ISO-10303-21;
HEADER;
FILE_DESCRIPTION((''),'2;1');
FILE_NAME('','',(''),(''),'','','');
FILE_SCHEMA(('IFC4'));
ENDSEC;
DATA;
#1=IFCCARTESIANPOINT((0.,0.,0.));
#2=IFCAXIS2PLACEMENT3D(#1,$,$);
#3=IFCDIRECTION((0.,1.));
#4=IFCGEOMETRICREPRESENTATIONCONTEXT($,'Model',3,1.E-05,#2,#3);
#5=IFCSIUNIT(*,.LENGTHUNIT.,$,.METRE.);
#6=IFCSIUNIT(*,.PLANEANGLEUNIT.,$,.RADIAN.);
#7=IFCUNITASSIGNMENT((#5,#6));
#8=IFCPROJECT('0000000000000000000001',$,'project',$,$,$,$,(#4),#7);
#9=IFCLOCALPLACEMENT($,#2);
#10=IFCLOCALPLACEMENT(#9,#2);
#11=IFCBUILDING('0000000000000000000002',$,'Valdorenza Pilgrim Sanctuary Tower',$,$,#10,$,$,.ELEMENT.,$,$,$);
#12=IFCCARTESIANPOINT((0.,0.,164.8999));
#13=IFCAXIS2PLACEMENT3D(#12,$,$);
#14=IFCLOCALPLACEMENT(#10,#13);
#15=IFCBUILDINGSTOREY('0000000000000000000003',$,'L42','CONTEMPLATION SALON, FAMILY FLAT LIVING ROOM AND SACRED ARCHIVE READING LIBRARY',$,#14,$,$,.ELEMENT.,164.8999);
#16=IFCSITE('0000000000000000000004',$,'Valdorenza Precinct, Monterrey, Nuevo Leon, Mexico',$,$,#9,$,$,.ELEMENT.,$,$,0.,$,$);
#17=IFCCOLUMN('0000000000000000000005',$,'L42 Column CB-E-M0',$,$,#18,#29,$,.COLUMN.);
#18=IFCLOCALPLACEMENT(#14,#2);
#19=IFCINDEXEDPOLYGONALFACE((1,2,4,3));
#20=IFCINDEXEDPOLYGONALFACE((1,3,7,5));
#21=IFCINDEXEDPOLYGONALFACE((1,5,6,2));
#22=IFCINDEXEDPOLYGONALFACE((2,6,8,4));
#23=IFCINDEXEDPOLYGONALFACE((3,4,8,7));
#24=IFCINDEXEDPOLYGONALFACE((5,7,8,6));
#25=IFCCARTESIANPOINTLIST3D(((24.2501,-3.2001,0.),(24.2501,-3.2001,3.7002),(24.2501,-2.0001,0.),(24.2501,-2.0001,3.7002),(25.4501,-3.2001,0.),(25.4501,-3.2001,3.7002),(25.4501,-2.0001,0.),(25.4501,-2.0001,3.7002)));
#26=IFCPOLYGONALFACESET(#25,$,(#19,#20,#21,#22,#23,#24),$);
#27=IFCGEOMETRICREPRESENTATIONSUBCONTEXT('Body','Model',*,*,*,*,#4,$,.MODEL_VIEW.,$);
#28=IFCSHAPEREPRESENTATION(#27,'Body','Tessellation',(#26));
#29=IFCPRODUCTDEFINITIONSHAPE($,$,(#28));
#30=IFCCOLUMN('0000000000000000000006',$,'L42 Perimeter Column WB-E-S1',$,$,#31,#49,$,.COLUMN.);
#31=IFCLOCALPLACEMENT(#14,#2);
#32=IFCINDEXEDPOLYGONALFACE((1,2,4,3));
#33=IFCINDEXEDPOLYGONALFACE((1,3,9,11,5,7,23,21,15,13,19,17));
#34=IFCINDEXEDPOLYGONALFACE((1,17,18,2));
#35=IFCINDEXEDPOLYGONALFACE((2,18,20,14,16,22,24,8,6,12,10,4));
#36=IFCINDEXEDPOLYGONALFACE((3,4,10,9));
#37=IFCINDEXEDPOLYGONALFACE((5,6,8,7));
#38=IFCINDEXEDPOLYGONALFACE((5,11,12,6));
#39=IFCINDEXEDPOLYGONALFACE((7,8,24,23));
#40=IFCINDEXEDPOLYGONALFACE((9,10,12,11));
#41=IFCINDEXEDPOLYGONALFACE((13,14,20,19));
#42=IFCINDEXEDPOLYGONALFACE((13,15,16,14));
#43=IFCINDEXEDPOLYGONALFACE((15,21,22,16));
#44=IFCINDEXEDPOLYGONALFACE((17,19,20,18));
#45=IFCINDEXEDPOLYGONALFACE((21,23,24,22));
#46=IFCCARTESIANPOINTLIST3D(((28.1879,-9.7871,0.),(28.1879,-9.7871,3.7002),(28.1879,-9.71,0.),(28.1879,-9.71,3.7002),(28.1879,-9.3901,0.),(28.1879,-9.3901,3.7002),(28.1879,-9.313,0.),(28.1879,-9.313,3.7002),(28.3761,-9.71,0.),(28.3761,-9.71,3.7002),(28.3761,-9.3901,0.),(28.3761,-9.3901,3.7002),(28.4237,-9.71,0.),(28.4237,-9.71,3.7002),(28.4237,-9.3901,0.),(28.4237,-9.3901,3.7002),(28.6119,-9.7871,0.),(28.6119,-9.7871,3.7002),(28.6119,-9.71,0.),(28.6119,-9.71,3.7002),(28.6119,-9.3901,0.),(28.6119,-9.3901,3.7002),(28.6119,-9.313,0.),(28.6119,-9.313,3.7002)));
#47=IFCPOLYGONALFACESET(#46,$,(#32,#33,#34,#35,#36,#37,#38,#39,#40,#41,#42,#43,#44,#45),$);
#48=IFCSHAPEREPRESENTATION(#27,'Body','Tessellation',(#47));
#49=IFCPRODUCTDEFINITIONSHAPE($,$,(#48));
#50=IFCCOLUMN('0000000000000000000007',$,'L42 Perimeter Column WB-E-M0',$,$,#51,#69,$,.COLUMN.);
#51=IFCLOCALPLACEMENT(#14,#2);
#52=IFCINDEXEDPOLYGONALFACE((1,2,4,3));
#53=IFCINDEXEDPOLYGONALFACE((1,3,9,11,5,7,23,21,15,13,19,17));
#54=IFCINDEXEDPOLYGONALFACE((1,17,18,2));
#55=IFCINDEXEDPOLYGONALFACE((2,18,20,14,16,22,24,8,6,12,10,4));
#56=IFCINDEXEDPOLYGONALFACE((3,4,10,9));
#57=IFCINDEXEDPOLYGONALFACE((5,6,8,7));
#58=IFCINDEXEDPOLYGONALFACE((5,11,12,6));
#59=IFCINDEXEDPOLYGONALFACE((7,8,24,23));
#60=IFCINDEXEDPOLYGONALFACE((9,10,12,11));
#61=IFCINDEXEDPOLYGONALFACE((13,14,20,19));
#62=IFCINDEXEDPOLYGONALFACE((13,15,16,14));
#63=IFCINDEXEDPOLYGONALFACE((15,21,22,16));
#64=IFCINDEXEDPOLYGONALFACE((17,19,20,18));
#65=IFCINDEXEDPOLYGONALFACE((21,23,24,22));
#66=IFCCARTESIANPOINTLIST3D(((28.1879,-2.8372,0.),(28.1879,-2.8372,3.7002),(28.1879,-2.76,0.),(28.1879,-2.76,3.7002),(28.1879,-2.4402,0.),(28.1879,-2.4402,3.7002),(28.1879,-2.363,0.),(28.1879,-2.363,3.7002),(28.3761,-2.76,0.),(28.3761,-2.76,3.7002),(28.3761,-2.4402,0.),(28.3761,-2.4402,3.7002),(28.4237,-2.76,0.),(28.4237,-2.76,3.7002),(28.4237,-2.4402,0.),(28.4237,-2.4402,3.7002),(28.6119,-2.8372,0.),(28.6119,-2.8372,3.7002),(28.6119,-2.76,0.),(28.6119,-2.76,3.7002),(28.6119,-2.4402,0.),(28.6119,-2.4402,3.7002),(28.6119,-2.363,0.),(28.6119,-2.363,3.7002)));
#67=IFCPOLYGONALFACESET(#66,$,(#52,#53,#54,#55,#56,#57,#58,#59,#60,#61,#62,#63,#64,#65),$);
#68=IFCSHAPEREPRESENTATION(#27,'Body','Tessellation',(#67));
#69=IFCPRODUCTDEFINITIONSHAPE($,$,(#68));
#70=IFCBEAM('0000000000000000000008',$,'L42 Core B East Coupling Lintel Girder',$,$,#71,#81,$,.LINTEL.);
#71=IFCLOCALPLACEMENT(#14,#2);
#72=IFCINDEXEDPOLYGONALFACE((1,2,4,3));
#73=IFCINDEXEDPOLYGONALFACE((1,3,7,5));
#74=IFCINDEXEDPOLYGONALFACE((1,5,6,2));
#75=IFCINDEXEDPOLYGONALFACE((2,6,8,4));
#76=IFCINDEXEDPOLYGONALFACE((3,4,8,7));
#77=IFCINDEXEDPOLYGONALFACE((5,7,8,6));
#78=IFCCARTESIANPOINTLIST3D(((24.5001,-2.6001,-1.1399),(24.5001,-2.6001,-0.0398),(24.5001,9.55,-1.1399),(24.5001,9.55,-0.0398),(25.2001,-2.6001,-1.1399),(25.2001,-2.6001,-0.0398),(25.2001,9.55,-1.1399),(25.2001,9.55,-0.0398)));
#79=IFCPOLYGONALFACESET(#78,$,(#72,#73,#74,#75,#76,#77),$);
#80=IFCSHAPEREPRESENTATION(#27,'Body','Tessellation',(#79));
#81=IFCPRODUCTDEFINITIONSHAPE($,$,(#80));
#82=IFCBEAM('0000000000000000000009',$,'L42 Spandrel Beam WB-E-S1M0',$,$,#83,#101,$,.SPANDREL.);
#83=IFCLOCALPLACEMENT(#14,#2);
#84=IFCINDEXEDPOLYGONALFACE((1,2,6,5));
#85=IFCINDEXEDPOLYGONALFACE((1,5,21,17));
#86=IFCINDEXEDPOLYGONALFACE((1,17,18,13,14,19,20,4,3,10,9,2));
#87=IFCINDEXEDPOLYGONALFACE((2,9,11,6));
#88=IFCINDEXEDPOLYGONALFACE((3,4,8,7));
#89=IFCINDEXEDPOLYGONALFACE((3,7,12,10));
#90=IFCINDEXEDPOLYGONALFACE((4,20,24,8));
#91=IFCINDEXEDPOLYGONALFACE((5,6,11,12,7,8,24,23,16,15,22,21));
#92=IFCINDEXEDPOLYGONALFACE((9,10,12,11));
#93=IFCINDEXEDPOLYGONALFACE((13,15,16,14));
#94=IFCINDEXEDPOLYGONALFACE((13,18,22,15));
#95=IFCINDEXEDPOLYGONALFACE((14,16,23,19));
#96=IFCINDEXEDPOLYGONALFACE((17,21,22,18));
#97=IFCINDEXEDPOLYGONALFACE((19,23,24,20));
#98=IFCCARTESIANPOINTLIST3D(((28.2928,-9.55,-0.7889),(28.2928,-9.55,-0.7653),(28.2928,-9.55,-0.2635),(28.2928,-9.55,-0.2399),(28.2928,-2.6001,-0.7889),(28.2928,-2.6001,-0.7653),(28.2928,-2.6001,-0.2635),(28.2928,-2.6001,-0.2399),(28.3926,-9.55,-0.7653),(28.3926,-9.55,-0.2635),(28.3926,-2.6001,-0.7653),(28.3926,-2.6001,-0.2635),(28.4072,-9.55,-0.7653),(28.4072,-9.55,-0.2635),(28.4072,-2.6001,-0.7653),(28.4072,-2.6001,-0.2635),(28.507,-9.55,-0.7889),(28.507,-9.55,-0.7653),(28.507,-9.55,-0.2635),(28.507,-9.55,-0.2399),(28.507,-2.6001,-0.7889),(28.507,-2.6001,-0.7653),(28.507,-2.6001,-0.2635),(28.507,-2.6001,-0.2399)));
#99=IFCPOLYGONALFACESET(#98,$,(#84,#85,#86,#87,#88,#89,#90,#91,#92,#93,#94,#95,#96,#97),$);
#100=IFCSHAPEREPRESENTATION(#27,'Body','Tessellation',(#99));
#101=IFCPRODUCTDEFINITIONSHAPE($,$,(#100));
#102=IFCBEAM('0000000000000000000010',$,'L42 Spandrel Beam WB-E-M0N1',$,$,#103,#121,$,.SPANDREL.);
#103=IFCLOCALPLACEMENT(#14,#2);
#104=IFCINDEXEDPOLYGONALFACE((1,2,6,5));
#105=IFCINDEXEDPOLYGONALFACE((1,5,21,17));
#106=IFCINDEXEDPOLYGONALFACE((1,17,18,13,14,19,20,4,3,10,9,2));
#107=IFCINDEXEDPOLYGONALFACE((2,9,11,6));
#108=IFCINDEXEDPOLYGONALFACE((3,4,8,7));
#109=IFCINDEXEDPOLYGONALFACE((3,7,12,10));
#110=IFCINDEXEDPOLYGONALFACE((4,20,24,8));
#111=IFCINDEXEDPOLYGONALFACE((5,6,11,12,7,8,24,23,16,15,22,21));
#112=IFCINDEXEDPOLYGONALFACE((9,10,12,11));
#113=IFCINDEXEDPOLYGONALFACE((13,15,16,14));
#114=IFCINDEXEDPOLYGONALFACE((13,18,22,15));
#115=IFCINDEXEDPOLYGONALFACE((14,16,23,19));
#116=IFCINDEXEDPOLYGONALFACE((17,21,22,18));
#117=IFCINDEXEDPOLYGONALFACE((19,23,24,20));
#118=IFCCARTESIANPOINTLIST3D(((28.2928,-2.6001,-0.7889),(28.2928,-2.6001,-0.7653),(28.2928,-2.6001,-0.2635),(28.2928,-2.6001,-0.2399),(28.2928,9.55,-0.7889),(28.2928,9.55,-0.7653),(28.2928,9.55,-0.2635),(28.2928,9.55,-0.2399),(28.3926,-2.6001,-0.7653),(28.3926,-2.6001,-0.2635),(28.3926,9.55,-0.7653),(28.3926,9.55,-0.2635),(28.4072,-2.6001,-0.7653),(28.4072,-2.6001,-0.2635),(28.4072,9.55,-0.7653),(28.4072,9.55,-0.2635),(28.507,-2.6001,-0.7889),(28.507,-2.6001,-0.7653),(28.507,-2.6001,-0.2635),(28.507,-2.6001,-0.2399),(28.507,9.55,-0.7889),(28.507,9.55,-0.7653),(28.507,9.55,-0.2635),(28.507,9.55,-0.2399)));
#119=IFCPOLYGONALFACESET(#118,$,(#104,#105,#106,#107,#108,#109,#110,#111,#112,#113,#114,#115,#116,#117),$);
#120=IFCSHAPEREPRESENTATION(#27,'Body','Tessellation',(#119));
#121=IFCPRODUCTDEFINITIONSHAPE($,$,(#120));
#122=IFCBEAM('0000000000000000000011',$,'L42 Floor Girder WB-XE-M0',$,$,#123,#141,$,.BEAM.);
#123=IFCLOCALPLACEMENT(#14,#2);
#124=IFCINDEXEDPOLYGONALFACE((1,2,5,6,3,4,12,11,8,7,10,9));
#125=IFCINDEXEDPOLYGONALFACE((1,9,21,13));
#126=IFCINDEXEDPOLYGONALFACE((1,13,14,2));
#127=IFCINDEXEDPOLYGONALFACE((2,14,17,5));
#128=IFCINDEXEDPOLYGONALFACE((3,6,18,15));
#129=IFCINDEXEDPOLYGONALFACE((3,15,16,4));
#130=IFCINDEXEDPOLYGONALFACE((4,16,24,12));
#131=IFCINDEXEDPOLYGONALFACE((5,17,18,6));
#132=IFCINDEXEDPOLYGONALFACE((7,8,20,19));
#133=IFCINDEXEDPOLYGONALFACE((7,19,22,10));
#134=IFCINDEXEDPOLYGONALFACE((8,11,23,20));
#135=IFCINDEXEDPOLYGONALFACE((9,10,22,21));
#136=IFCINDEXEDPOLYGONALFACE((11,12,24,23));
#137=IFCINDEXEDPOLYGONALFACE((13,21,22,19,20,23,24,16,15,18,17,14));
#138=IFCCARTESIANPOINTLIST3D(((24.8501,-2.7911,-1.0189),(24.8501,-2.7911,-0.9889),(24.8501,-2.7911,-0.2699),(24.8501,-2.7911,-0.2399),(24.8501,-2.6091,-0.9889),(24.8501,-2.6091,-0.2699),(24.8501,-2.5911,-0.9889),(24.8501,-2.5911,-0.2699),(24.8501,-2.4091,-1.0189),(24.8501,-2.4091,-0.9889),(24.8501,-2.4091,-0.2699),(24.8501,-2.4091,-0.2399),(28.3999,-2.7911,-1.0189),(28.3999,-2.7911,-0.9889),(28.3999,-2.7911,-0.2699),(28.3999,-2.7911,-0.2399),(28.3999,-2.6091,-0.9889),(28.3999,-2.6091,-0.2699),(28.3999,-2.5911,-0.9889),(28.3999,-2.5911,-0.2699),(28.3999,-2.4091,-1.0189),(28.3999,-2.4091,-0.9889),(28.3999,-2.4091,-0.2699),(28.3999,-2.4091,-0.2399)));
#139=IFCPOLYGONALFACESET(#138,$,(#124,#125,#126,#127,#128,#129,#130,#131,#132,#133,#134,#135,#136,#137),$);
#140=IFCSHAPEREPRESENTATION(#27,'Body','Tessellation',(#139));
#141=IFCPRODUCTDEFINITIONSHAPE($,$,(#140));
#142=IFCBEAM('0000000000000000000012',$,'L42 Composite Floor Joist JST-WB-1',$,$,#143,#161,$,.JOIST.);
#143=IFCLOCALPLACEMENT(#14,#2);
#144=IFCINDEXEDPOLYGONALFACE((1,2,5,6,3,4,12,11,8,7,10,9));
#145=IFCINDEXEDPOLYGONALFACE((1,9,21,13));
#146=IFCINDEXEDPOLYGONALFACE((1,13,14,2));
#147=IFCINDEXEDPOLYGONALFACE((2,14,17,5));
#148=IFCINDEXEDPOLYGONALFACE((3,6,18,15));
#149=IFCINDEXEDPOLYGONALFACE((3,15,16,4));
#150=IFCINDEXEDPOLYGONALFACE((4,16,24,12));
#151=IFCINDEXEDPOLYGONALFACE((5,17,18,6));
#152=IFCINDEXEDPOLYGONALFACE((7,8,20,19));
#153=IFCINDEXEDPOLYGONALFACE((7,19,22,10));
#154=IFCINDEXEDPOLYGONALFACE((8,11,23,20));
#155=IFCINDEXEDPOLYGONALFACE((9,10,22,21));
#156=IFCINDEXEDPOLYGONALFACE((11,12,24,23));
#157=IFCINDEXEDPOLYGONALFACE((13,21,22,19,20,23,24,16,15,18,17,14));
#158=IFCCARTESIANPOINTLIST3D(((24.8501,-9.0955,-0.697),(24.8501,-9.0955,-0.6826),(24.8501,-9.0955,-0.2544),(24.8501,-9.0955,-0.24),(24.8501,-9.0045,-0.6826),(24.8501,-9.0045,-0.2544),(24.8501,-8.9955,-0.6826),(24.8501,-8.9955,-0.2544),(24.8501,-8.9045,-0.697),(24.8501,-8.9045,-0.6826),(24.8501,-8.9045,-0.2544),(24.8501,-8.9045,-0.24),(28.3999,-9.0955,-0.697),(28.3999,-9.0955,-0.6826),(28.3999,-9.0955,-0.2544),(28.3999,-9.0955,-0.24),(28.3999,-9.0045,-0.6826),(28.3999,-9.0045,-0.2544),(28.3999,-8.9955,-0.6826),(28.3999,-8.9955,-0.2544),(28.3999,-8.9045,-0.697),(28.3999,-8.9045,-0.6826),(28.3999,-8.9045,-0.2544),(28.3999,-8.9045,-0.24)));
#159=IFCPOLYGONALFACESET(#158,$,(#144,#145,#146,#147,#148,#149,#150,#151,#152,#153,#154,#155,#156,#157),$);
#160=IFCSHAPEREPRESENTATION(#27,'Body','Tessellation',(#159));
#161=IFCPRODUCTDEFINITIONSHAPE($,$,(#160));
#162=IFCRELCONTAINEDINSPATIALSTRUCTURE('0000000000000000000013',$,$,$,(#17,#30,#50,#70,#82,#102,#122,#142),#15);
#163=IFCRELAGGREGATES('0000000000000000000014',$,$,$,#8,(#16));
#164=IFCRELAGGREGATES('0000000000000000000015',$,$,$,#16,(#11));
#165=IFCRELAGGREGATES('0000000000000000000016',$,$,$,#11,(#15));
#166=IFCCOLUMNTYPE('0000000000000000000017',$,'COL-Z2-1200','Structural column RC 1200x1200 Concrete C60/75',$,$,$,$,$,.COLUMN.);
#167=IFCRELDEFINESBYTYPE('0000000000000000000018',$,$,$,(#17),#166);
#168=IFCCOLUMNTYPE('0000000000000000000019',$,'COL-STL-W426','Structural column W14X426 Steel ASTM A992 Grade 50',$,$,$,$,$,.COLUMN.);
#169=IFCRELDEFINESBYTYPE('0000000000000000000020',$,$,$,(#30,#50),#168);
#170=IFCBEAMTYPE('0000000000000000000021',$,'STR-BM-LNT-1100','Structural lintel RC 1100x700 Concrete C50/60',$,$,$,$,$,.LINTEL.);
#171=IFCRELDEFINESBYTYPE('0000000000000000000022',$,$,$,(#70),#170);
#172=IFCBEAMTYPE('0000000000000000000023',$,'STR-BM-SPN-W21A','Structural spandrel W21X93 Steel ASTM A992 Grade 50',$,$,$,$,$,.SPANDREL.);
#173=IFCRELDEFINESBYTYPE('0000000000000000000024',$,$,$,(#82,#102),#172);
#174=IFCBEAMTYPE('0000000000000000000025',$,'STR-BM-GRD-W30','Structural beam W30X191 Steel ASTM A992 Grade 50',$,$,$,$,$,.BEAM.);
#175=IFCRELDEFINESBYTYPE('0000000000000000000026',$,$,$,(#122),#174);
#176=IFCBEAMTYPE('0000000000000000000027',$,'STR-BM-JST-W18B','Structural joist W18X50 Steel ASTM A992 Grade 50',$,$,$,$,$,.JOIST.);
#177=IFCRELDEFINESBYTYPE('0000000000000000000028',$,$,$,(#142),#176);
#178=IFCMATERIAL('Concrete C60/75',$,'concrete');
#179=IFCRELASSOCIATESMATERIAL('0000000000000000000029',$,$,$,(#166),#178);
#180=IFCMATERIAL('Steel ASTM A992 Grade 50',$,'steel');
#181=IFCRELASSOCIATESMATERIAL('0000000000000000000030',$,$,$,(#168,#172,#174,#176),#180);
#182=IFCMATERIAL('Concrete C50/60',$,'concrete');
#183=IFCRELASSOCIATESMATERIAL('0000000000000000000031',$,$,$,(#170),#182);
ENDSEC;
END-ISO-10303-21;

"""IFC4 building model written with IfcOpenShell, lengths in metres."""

from ifc_helpers import new_model, si_unit, direction, frame, origin, origin_2d, place, context, subcontext, project, spatial, rectangle, i_section, extrude, source, transform, mapped, material, material_profile, profile_set, type_object, element, save


model = new_model("IFC4")

# Units and contexts
model_context = context("Model", 3, precision=1e-05, world=origin(), true_north=direction((0.0, 1.0)))
body_context = subcontext(model_context, "Body", "Model", "MODEL_VIEW")
ifc_project = project(units=[si_unit("LENGTHUNIT", "METRE"), si_unit("PLANEANGLEUNIT", "RADIAN")], contexts=[model_context])

# Site, building, storey
site_placement = place(None, origin())
site = spatial("IfcSite", under=ifc_project, at=site_placement, Name="Valdorenza Precinct, Monterrey, Nuevo Leon, Mexico", CompositionType="ELEMENT", RefElevation=0.0)
building_placement = place(site_placement, origin())
building = spatial("IfcBuilding", under=site, at=building_placement, Name="Valdorenza Pilgrim Sanctuary Tower", CompositionType="ELEMENT")
storey_placement = place(building_placement, frame((0.0, 0.0, 164.8999)))
storey = spatial("IfcBuildingStorey", under=building, at=storey_placement, Name="L42", Description="CONTEMPLATION SALON, FAMILY FLAT LIVING ROOM AND SACRED ARCHIVE READING LIBRARY", CompositionType="ELEMENT", Elevation=164.8999)

# Columns
ifc_material_1 = material(Name="Concrete C60/75", Category="concrete")
ifc_material_profile_1 = material_profile(ifc_material_1, rectangle(XDim=1.2, YDim=1.2, at=origin_2d()), Name="RC 1200x1200")
ifc_profile_set_1 = profile_set([ifc_material_profile_1], Name="Concrete C60/75")
column_type_1 = type_object("IfcColumnType", Name="COL-Z2-1200", Description="Structural column RC 1200x1200 Concrete C60/75", PredefinedType="COLUMN", material=ifc_profile_set_1)
shared_shape_1 = source(origin(), body_context, "Body", "SweptSolid", [
    extrude(rectangle(XDim=1.2, YDim=1.2, at=origin_2d()), origin(), (0.0, 0.0, 1.0), 3.7002),
])
column_placement = place(storey_placement, frame((24.8501, -2.6001, 0.0), z_axis=(0.0, 0.0, 1.0), x_axis=(1.0, 0.0, 0.0)))
element("IfcColumn", 1, at=column_placement, inside=storey, type_object=column_type_1, Name="L42 Column CB-E-M0", PredefinedType="COLUMN", context=body_context, shape_type="MappedRepresentation", body=[
    mapped(shared_shape_1, transform((0.0, 0.0, 0.0), x_axis=(1.0, 0.0, 0.0), y_axis=(0.0, 1.0, 0.0), z_axis=(0.0, 0.0, 1.0), scale=1.0)),
])
ifc_material_2 = material(Name="Steel ASTM A992 Grade 50", Category="steel")
ifc_material_profile_2 = material_profile(ifc_material_2, i_section(OverallWidth=0.4241, OverallDepth=0.4741, WebThickness=0.0476, FlangeThickness=0.0771, at=origin_2d()), Name="W14X426")
ifc_profile_set_2 = profile_set([ifc_material_profile_2], Name="Steel ASTM A992 Grade 50")
column_type_2 = type_object("IfcColumnType", Name="COL-STL-W426", Description="Structural column W14X426 Steel ASTM A992 Grade 50", PredefinedType="COLUMN", material=ifc_profile_set_2)
shared_shape_2 = source(origin(), body_context, "Body", "SweptSolid", [
    extrude(i_section(OverallWidth=0.4241, OverallDepth=0.4741, WebThickness=0.0476, FlangeThickness=0.0771, at=origin_2d()), origin(), (0.0, 0.0, 1.0), 3.7002),
])
for number, where, z_axis, x_axis, name in (
    (2, (28.3999, -9.55, 0.0), (0.0, 0.0, 1.0), (1.0, 0.0, 0.0), "L42 Perimeter Column WB-E-S1"),
    (3, (28.3999, -2.6001, 0.0), (0.0, 0.0, 1.0), (1.0, 0.0, 0.0), "L42 Perimeter Column WB-E-M0"),
):
    element("IfcColumn", number, at=place(storey_placement, frame(where, z_axis=z_axis, x_axis=x_axis)), inside=storey, type_object=column_type_2, Name=name, PredefinedType="COLUMN", context=body_context, shape_type="MappedRepresentation", body=[
        mapped(shared_shape_2, transform((0.0, 0.0, 0.0), x_axis=(1.0, 0.0, 0.0), y_axis=(0.0, 1.0, 0.0), z_axis=(0.0, 0.0, 1.0), scale=1.0)),
    ])

# Beams
ifc_material_3 = material(Name="Concrete C50/60", Category="concrete")
ifc_material_profile_3 = material_profile(ifc_material_3, rectangle(XDim=0.7, YDim=1.1001, at=origin_2d()), Name="RC 1100x700")
ifc_profile_set_3 = profile_set([ifc_material_profile_3], Name="Concrete C50/60")
beam_type_1 = type_object("IfcBeamType", Name="STR-BM-LNT-1100", Description="Structural lintel RC 1100x700 Concrete C50/60", PredefinedType="LINTEL", material=ifc_profile_set_3)
shared_shape_3 = source(origin(), body_context, "Body", "SweptSolid", [
    extrude(rectangle(XDim=0.7, YDim=1.1001, at=origin_2d()), origin(), (0.0, 0.0, 1.0), 12.1501),
])
beam_1_placement = place(storey_placement, frame((24.8501, -2.6001, -0.5898), z_axis=(0.0, 1.0, 0.0), x_axis=(-1.0, 0.0, 0.0)))
element("IfcBeam", 4, at=beam_1_placement, inside=storey, type_object=beam_type_1, Name="L42 Core B East Coupling Lintel Girder", PredefinedType="LINTEL", context=body_context, shape_type="MappedRepresentation", body=[
    mapped(shared_shape_3, transform((0.0, 0.0, 0.0), x_axis=(1.0, 0.0, 0.0), y_axis=(0.0, 1.0, 0.0), z_axis=(0.0, 0.0, 1.0), scale=1.0)),
])
ifc_material_profile_4 = material_profile(ifc_material_2, i_section(OverallWidth=0.2141, OverallDepth=0.5491, WebThickness=0.0146, FlangeThickness=0.0237, at=origin_2d()), Name="W21X93")
ifc_profile_set_4 = profile_set([ifc_material_profile_4], Name="Steel ASTM A992 Grade 50")
beam_type_2 = type_object("IfcBeamType", Name="STR-BM-SPN-W21A", Description="Structural spandrel W21X93 Steel ASTM A992 Grade 50", PredefinedType="SPANDREL", material=ifc_profile_set_4)
shared_shape_4 = source(origin(), body_context, "Body", "SweptSolid", [
    extrude(i_section(OverallWidth=0.2141, OverallDepth=0.5491, WebThickness=0.0146, FlangeThickness=0.0237, at=origin_2d()), origin(), (0.0, 0.0, 1.0), 6.95),
])
beam_2_placement = place(storey_placement, frame((28.3999, -9.55, -0.5144), z_axis=(0.0, 1.0, 0.0), x_axis=(-1.0, 0.0, 0.0)))
element("IfcBeam", 5, at=beam_2_placement, inside=storey, type_object=beam_type_2, Name="L42 Spandrel Beam WB-E-S1M0", PredefinedType="SPANDREL", context=body_context, shape_type="MappedRepresentation", body=[
    mapped(shared_shape_4, transform((0.0, 0.0, 0.0), x_axis=(1.0, 0.0, 0.0), y_axis=(0.0, 1.0, 0.0), z_axis=(0.0, 0.0, 1.0), scale=1.0)),
])
shared_shape_5 = source(origin(), body_context, "Body", "SweptSolid", [
    extrude(i_section(OverallWidth=0.2141, OverallDepth=0.5491, WebThickness=0.0146, FlangeThickness=0.0237, at=origin_2d()), origin(), (0.0, 0.0, 1.0), 12.1501),
])
beam_3_placement = place(storey_placement, frame((28.3999, -2.6001, -0.5144), z_axis=(0.0, 1.0, 0.0), x_axis=(-1.0, 0.0, 0.0)))
element("IfcBeam", 6, at=beam_3_placement, inside=storey, type_object=beam_type_2, Name="L42 Spandrel Beam WB-E-M0N1", PredefinedType="SPANDREL", context=body_context, shape_type="MappedRepresentation", body=[
    mapped(shared_shape_5, transform((0.0, 0.0, 0.0), x_axis=(1.0, 0.0, 0.0), y_axis=(0.0, 1.0, 0.0), z_axis=(0.0, 0.0, 1.0), scale=1.0)),
])
ifc_material_profile_5 = material_profile(ifc_material_2, i_section(OverallWidth=0.3821, OverallDepth=0.7791, WebThickness=0.0181, FlangeThickness=0.03, at=origin_2d()), Name="W30X191")
ifc_profile_set_5 = profile_set([ifc_material_profile_5], Name="Steel ASTM A992 Grade 50")
beam_type_3 = type_object("IfcBeamType", Name="STR-BM-GRD-W30", Description="Structural beam W30X191 Steel ASTM A992 Grade 50", PredefinedType="BEAM", material=ifc_profile_set_5)
shared_shape_6 = source(origin(), body_context, "Body", "SweptSolid", [
    extrude(i_section(OverallWidth=0.3821, OverallDepth=0.7791, WebThickness=0.0181, FlangeThickness=0.03, at=origin_2d()), origin(), (0.0, 0.0, 1.0), 3.5498),
])
beam_4_placement = place(storey_placement, frame((24.8501, -2.6001, -0.6294), z_axis=(1.0, 0.0, 0.0), x_axis=(0.0, 1.0, 0.0)))
element("IfcBeam", 7, at=beam_4_placement, inside=storey, type_object=beam_type_3, Name="L42 Floor Girder WB-XE-M0", PredefinedType="BEAM", context=body_context, shape_type="MappedRepresentation", body=[
    mapped(shared_shape_6, transform((0.0, 0.0, 0.0), x_axis=(1.0, 0.0, 0.0), y_axis=(0.0, 1.0, 0.0), z_axis=(0.0, 0.0, 1.0), scale=1.0)),
])
ifc_material_profile_6 = material_profile(ifc_material_2, i_section(OverallWidth=0.1909, OverallDepth=0.457, WebThickness=0.009, FlangeThickness=0.0144, at=origin_2d()), Name="W18X50")
ifc_profile_set_6 = profile_set([ifc_material_profile_6], Name="Steel ASTM A992 Grade 50")
beam_type_4 = type_object("IfcBeamType", Name="STR-BM-JST-W18B", Description="Structural joist W18X50 Steel ASTM A992 Grade 50", PredefinedType="JOIST", material=ifc_profile_set_6)
shared_shape_7 = source(origin(), body_context, "Body", "SweptSolid", [
    extrude(i_section(OverallWidth=0.1909, OverallDepth=0.457, WebThickness=0.009, FlangeThickness=0.0144, at=origin_2d()), origin(), (0.0, 0.0, 1.0), 3.5498),
])
for number, where, z_axis, x_axis, name in (
    (8, (24.8501, -9.0, -0.4685), (1.0, 0.0, 0.0), (0.0, 1.0, 0.0), "L42 Composite Floor Joist JST-WB-1"),
):
    element("IfcBeam", number, at=place(storey_placement, frame(where, z_axis=z_axis, x_axis=x_axis)), inside=storey, type_object=beam_type_4, Name=name, PredefinedType="JOIST", context=body_context, shape_type="MappedRepresentation", body=[
        mapped(shared_shape_7, transform((0.0, 0.0, 0.0), x_axis=(1.0, 0.0, 0.0), y_axis=(0.0, 1.0, 0.0), z_axis=(0.0, 0.0, 1.0), scale=1.0)),
    ])

save(model, "model.ifc")
